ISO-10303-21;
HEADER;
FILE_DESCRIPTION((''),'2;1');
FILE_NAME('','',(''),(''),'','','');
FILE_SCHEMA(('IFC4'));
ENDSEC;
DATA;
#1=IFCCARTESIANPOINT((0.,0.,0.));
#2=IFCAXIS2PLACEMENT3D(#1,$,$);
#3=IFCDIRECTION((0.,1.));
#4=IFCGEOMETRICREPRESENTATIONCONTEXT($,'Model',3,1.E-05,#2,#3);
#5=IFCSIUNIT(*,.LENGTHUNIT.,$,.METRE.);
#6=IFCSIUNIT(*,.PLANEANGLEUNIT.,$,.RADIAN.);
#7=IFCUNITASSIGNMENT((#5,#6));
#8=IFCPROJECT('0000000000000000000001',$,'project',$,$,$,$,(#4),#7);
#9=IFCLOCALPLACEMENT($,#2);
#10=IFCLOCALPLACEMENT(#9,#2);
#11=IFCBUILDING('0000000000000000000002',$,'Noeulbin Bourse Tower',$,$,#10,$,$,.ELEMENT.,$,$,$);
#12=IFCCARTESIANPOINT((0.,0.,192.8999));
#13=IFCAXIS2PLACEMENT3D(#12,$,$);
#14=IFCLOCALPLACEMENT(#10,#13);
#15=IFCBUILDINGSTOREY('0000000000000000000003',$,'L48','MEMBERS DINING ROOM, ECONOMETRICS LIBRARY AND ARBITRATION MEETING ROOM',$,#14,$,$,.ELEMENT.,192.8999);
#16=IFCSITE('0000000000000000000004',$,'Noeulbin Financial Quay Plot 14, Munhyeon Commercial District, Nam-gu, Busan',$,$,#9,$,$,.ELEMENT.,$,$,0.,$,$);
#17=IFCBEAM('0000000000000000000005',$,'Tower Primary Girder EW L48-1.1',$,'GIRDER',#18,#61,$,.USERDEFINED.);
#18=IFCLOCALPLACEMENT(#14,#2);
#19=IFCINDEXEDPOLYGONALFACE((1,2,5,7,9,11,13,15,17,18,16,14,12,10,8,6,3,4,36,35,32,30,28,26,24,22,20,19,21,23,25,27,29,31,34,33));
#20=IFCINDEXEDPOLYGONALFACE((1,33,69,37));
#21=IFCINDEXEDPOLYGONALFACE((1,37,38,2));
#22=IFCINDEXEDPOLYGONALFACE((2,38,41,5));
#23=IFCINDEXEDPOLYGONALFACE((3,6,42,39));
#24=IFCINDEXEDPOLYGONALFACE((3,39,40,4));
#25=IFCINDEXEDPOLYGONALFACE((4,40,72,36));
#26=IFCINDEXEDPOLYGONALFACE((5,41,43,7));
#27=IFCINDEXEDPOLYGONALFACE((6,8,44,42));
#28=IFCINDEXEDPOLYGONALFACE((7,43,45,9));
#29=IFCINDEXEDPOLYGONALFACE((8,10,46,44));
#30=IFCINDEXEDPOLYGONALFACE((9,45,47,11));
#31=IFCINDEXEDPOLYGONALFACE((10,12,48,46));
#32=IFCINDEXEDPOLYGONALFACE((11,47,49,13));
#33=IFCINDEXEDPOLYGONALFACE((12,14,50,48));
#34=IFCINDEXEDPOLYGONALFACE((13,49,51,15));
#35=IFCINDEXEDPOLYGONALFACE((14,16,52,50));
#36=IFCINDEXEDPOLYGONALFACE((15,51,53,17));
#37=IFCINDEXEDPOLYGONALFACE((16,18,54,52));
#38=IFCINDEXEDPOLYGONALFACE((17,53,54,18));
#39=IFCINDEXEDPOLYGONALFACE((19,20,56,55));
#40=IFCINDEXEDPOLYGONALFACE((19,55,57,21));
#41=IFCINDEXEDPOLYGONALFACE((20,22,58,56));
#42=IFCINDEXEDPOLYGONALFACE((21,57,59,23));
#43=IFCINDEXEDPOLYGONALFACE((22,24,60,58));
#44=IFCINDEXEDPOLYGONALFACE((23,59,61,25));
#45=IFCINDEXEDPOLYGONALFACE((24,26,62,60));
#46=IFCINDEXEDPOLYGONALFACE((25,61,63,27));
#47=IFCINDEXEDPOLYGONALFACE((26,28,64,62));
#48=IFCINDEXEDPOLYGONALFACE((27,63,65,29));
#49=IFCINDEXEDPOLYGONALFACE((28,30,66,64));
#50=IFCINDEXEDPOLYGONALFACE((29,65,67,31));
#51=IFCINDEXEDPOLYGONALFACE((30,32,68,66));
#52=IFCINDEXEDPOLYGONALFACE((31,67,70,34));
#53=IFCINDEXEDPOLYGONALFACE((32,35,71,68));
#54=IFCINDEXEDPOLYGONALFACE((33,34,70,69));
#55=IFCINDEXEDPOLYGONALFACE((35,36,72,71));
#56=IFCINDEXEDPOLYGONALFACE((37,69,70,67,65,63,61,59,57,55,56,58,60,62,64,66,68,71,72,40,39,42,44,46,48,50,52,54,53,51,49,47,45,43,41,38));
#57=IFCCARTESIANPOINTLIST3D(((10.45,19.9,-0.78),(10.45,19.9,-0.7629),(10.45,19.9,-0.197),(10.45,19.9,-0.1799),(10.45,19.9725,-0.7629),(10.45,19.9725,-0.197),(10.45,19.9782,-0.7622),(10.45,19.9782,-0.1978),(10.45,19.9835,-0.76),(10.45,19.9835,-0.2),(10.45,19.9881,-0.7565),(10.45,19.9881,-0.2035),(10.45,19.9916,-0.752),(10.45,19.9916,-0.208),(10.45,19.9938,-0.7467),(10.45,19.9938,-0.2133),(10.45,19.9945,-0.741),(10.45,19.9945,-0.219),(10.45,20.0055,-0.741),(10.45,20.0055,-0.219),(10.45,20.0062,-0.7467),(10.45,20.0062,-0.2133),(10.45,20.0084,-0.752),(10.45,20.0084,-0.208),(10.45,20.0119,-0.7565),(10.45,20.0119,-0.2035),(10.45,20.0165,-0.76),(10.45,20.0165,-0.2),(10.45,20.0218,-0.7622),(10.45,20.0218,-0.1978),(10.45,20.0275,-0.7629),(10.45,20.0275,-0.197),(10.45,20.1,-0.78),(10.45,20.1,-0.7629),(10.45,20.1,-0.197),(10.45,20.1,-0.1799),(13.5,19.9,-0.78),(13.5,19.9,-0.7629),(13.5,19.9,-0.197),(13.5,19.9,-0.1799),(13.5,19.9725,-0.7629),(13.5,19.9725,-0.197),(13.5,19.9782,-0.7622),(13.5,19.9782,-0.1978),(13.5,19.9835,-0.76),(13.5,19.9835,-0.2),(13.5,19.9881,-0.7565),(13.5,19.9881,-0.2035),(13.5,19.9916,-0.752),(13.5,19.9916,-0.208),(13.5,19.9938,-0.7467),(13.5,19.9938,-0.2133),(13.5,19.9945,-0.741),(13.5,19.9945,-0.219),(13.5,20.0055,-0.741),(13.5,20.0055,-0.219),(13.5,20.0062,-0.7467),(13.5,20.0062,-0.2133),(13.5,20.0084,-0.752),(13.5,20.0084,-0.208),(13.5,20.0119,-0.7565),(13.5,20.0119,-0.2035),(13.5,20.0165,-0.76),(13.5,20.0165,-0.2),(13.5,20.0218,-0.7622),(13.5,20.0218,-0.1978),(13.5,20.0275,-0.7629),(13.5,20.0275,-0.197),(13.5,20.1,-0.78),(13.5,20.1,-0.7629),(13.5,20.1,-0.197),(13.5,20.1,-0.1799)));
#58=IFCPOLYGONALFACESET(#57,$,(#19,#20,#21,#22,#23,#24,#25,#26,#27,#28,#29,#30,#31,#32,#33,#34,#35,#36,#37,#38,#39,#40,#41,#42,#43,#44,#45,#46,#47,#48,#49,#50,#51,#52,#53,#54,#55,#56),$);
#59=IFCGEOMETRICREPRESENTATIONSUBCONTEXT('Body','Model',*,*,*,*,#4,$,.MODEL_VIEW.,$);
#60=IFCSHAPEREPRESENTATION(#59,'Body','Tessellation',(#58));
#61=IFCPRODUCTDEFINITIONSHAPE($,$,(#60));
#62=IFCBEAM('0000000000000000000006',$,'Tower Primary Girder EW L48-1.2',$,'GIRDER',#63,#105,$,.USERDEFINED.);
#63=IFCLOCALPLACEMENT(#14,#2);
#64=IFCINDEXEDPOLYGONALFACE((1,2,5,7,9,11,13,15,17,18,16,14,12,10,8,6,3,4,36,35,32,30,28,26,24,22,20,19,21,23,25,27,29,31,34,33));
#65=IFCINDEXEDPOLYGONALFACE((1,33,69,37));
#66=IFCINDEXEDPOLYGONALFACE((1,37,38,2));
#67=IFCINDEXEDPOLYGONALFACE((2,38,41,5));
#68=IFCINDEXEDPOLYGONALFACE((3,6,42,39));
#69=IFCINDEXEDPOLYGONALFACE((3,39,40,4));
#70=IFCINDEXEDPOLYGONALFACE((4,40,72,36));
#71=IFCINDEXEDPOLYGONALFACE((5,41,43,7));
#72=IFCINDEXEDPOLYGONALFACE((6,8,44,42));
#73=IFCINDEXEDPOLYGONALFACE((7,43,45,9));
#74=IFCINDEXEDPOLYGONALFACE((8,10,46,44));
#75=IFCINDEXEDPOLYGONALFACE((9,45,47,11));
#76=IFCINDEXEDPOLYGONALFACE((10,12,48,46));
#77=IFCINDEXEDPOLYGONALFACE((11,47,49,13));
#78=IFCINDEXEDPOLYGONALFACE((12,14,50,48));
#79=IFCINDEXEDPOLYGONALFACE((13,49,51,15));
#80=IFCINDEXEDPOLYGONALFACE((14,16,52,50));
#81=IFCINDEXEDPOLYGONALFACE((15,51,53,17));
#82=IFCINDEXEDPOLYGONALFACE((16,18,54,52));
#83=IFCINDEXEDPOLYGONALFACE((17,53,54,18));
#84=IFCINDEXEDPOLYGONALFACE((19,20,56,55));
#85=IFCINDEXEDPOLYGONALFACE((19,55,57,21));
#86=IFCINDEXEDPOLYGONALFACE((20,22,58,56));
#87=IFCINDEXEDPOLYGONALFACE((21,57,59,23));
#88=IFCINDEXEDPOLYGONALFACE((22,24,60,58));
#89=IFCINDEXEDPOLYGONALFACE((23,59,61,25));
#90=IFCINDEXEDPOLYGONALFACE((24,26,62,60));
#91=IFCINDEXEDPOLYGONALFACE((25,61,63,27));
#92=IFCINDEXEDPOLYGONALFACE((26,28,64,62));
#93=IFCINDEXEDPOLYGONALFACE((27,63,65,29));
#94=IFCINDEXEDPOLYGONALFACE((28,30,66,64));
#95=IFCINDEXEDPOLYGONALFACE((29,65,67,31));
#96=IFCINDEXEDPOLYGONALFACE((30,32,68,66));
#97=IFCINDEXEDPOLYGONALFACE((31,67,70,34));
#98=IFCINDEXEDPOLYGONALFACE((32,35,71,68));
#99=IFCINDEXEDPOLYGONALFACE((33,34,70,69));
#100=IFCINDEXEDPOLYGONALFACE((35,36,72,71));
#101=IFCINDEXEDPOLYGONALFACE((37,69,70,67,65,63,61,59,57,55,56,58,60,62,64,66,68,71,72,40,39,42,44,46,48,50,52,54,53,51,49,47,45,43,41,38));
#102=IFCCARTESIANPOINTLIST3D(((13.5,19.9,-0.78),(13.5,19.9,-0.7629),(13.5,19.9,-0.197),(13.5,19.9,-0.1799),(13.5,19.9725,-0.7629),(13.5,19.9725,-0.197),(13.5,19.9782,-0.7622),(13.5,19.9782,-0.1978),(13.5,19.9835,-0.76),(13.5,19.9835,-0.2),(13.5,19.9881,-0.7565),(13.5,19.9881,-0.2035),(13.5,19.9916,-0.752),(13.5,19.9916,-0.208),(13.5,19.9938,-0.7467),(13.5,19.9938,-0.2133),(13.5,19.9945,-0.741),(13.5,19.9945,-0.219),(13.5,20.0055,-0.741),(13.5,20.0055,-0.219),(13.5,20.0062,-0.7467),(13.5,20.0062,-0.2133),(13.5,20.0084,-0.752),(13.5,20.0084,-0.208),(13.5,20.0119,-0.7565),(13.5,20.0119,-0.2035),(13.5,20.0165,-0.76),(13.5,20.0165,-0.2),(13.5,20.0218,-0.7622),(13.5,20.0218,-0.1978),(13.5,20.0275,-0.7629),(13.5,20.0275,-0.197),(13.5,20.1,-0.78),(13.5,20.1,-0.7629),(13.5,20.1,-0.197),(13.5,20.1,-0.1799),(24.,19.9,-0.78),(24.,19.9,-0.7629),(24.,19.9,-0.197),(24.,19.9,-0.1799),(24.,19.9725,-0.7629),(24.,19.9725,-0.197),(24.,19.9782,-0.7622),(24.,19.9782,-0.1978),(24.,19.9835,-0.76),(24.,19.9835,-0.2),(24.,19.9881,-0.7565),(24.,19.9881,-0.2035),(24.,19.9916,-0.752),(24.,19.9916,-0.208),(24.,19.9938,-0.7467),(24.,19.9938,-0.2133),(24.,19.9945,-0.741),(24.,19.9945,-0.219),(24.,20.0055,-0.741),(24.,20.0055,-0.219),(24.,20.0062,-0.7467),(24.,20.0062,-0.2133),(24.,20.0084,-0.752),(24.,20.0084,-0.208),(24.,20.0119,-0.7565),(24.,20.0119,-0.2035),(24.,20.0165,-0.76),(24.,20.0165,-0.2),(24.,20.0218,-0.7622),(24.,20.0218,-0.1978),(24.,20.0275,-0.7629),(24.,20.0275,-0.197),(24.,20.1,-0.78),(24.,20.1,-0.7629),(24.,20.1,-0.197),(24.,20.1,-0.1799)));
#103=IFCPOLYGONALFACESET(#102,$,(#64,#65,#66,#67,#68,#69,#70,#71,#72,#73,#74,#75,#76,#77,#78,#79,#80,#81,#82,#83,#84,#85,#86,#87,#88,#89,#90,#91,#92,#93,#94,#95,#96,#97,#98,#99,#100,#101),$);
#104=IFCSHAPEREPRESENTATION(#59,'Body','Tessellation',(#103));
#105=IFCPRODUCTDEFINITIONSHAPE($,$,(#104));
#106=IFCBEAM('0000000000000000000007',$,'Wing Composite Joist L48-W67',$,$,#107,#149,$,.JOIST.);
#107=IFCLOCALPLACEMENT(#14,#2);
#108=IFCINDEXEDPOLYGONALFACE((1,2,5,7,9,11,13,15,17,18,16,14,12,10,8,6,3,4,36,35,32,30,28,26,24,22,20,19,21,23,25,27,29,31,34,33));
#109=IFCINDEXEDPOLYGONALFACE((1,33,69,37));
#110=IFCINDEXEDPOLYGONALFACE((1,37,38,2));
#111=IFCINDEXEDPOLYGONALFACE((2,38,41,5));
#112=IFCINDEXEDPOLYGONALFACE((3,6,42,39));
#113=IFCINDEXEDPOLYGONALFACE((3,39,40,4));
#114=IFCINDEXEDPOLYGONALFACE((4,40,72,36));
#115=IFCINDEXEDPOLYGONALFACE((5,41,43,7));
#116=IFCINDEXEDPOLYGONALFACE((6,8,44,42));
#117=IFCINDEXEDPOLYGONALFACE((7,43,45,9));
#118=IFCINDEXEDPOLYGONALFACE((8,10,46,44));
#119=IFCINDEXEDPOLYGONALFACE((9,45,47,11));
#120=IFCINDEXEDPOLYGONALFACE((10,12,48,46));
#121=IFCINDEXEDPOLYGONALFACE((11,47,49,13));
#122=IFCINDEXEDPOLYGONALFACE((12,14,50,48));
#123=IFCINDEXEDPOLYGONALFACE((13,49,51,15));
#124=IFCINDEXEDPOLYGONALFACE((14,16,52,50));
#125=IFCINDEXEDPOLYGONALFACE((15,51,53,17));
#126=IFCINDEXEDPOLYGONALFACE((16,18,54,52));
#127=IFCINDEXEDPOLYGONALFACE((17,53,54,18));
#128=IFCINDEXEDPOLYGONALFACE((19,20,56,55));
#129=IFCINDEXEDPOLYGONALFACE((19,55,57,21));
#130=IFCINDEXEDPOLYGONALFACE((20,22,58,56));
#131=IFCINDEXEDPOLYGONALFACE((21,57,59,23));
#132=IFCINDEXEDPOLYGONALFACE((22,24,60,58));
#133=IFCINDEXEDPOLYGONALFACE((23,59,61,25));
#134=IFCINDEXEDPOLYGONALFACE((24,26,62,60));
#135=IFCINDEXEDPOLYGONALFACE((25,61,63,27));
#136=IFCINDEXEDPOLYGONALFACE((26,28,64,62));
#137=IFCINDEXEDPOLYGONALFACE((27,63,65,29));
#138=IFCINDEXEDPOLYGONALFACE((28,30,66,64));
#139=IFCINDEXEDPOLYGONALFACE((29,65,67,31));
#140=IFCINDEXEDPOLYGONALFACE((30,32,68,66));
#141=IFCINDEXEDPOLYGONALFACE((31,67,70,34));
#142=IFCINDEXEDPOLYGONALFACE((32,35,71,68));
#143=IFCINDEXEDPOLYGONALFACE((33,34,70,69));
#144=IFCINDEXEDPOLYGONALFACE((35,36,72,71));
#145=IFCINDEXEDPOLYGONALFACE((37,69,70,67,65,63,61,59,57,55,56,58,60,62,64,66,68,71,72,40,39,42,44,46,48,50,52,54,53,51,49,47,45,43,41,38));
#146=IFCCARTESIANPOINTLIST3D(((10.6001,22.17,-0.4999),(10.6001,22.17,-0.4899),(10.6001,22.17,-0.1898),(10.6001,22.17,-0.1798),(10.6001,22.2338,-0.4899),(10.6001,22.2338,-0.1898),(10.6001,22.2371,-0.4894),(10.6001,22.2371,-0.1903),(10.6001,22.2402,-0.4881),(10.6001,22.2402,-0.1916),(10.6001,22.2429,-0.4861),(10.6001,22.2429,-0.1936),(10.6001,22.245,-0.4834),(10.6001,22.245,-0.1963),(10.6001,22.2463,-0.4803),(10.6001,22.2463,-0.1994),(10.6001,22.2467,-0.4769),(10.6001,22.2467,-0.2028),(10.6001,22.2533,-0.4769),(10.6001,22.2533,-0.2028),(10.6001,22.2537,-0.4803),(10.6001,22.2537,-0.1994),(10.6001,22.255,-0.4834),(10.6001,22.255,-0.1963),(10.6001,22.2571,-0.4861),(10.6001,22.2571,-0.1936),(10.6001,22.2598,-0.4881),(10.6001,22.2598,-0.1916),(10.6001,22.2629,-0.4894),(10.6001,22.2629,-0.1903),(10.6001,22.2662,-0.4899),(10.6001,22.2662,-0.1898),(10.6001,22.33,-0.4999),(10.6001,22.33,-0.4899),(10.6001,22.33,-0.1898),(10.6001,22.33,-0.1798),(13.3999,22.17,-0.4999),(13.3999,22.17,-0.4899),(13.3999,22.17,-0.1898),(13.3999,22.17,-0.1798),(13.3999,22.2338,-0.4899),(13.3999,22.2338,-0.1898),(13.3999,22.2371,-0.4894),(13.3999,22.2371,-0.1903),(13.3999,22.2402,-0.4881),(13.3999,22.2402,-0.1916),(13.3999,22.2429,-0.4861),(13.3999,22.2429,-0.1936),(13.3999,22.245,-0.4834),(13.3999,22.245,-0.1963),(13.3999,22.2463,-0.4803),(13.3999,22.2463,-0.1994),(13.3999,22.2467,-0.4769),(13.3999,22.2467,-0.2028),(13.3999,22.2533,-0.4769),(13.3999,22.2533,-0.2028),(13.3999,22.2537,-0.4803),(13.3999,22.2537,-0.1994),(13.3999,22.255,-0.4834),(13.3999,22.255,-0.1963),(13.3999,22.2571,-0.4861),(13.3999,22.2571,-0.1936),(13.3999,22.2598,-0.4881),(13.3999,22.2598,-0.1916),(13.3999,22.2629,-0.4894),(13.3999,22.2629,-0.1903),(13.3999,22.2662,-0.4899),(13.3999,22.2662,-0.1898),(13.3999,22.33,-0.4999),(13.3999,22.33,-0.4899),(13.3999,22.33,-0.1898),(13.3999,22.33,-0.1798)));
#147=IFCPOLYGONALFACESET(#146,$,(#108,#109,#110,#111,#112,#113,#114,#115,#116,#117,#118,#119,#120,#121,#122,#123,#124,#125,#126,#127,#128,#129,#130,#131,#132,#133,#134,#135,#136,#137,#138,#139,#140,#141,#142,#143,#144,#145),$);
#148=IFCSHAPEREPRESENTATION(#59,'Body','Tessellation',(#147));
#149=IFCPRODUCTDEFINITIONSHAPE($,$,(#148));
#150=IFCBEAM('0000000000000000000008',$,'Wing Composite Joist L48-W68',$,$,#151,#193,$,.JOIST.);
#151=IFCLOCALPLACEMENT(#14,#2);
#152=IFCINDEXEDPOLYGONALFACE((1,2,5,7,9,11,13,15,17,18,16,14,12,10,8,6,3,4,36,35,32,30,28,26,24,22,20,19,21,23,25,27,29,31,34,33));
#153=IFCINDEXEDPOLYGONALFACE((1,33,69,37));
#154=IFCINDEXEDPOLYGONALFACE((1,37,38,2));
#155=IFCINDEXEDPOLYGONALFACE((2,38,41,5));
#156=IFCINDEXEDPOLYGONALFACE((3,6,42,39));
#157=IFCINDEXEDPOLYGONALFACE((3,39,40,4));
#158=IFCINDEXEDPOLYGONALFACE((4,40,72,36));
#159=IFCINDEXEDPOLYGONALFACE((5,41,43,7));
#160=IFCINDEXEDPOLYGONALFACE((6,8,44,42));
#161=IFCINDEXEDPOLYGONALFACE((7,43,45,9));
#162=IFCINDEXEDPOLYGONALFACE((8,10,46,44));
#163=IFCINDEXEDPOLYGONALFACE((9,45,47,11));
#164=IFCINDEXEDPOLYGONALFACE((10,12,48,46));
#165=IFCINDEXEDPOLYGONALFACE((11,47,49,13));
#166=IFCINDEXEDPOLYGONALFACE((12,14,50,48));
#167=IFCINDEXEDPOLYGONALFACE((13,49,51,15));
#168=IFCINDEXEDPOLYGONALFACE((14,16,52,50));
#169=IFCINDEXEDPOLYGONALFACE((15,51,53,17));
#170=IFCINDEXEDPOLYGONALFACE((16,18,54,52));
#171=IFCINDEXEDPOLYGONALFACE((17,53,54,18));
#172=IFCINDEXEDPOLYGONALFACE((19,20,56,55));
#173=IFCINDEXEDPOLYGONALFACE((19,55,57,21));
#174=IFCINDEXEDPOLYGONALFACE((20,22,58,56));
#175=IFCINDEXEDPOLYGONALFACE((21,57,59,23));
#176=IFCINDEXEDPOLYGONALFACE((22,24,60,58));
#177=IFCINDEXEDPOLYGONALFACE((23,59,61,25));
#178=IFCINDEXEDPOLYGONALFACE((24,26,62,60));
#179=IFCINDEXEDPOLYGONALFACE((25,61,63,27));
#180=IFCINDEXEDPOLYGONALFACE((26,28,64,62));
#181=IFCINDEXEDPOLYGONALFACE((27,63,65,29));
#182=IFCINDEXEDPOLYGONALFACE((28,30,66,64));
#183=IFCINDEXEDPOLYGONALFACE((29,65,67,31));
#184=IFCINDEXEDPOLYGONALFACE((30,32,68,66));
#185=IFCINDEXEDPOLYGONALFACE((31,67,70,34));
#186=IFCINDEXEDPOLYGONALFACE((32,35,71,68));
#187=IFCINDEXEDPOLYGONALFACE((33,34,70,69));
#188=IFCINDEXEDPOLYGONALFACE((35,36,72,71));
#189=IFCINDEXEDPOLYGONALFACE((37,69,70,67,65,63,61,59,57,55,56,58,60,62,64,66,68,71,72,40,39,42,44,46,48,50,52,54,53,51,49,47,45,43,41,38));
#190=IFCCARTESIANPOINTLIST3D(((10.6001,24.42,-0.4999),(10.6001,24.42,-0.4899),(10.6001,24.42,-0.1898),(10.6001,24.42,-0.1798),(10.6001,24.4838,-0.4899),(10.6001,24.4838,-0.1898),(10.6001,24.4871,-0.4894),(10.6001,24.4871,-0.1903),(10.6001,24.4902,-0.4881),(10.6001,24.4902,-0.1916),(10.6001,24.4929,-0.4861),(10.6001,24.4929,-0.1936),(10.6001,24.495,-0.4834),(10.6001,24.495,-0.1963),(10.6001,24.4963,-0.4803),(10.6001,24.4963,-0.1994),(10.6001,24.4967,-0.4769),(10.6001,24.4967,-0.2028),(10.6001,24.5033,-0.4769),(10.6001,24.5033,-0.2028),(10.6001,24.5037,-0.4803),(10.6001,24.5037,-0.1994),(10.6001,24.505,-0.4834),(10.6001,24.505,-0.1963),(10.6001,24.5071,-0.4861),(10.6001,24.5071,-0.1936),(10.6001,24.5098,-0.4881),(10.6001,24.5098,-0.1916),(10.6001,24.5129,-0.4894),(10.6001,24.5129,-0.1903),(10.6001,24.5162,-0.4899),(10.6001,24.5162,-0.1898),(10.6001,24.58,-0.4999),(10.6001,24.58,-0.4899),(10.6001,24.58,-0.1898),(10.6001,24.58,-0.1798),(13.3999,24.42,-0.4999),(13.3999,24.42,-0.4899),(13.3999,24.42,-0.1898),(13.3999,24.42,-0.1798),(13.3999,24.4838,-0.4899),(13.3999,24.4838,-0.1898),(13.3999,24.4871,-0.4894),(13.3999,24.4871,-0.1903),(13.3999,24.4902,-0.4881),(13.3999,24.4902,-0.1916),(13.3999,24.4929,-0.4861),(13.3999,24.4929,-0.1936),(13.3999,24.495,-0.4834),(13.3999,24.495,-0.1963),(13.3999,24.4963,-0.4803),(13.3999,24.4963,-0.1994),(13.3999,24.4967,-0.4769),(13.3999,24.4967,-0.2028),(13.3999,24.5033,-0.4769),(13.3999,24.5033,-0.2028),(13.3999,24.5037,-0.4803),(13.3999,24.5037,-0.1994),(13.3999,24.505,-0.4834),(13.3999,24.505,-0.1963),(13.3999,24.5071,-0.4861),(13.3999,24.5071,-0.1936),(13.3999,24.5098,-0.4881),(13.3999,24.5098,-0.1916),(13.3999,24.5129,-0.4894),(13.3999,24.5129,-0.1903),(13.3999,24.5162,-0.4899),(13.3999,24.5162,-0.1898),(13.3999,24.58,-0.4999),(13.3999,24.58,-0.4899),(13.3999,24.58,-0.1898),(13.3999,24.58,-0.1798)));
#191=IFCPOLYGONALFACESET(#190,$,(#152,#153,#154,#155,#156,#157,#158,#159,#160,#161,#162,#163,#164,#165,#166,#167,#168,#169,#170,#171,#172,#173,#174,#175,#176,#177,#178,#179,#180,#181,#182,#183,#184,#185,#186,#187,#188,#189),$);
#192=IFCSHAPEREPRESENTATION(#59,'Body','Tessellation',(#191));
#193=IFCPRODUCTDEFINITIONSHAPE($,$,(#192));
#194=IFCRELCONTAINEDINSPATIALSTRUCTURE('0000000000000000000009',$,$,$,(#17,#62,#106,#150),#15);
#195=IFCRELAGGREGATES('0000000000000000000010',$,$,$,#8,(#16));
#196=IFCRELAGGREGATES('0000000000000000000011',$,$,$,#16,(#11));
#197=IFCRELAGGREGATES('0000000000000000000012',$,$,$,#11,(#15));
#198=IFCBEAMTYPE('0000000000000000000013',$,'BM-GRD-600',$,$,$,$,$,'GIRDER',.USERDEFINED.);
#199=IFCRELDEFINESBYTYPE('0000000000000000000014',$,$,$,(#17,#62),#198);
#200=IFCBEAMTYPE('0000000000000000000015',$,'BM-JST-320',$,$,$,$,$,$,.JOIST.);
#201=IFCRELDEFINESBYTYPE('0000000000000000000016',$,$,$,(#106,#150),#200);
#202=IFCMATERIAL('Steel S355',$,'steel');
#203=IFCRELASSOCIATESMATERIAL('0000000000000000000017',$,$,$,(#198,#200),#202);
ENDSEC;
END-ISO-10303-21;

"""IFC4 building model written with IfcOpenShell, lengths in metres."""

from ifc_helpers import new_model, si_unit, direction, frame, origin, origin_2d, place, context, subcontext, project, spatial, i_section, extrude, material, material_profile, profile_set, type_object, element, save


model = new_model("IFC4")

# Units and contexts
model_context = context("Model", 3, precision=1e-05, world=origin(), true_north=direction((0.0, 1.0)))
body_context = subcontext(model_context, "Body", "Model", "MODEL_VIEW")
ifc_project = project(units=[si_unit("LENGTHUNIT", "METRE"), si_unit("PLANEANGLEUNIT", "RADIAN")], contexts=[model_context])

# Site, building, storey
site_placement = place(None, origin())
site = spatial("IfcSite", under=ifc_project, at=site_placement, Name="Noeulbin Financial Quay Plot 14, Munhyeon Commercial District, Nam-gu, Busan", CompositionType="ELEMENT", RefElevation=0.0)
building_placement = place(site_placement, origin())
building = spatial("IfcBuilding", under=site, at=building_placement, Name="Noeulbin Bourse Tower", CompositionType="ELEMENT")
storey_placement = place(building_placement, frame((0.0, 0.0, 192.8999)))
storey = spatial("IfcBuildingStorey", under=building, at=storey_placement, Name="L48", Description="MEMBERS DINING ROOM, ECONOMETRICS LIBRARY AND ARBITRATION MEETING ROOM", CompositionType="ELEMENT", Elevation=192.8999)

# Shared definitions
ifc_material_1 = material(Name="Steel S355", Category="steel")

# Beams
ifc_material_profile_1 = material_profile(ifc_material_1, i_section(OverallWidth=0.2, OverallDepth=0.6001, WebThickness=0.011, FlangeThickness=0.0171, FilletRadius=0.022, at=origin_2d()), Name="H-600x200x11x17", Category="LoadBearing")
ifc_profile_set_1 = profile_set([ifc_material_profile_1], Name="Steel S355")
beam_type_1 = type_object("IfcBeamType", Name="BM-GRD-600", ElementType="GIRDER", PredefinedType="USERDEFINED", material=ifc_profile_set_1)
beam_1_placement = place(storey_placement, frame((10.45, 20.0, -0.48), z_axis=(1.0, 0.0, 0.0), x_axis=(0.0, 1.0, 0.0)))
element("IfcBeam", 1, at=beam_1_placement, inside=storey, type_object=beam_type_1, Name="Tower Primary Girder EW L48-1.1", ObjectType="GIRDER", PredefinedType="USERDEFINED", context=body_context, shape_type="SweptSolid", body=[
    extrude(i_section(OverallWidth=0.2, OverallDepth=0.6001, WebThickness=0.011, FlangeThickness=0.0171, FilletRadius=0.022, at=origin_2d()), origin(), (0.0, 0.0, 1.0), 3.05),
])
beam_2_placement = place(storey_placement, frame((13.5, 20.0, -0.48), z_axis=(1.0, 0.0, 0.0), x_axis=(0.0, 1.0, 0.0)))
element("IfcBeam", 2, at=beam_2_placement, inside=storey, type_object=beam_type_1, Name="Tower Primary Girder EW L48-1.2", ObjectType="GIRDER", PredefinedType="USERDEFINED", context=body_context, shape_type="SweptSolid", body=[
    extrude(i_section(OverallWidth=0.2, OverallDepth=0.6001, WebThickness=0.011, FlangeThickness=0.0171, FilletRadius=0.022, at=origin_2d()), origin(), (0.0, 0.0, 1.0), 10.5),
])
ifc_material_profile_2 = material_profile(ifc_material_1, i_section(OverallWidth=0.1599, OverallDepth=0.3201, WebThickness=0.0066, FlangeThickness=0.01, FilletRadius=0.0129, at=origin_2d()), Name="H-320x160x6.5x10", Category="LoadBearing")
ifc_profile_set_2 = profile_set([ifc_material_profile_2], Name="Steel S355")
beam_type_2 = type_object("IfcBeamType", Name="BM-JST-320", PredefinedType="JOIST", material=ifc_profile_set_2)
for number, where, z_axis, x_axis, name in (
    (3, (10.6001, 22.25, -0.3398), (1.0, 0.0, 0.0), (0.0, 1.0, 0.0), "Wing Composite Joist L48-W67"),
    (4, (10.6001, 24.5, -0.3398), (1.0, 0.0, 0.0), (0.0, 1.0, 0.0), "Wing Composite Joist L48-W68"),
):
    element("IfcBeam", number, at=place(storey_placement, frame(where, z_axis=z_axis, x_axis=x_axis)), inside=storey, type_object=beam_type_2, Name=name, PredefinedType="JOIST", context=body_context, shape_type="SweptSolid", body=[
        extrude(i_section(OverallWidth=0.1599, OverallDepth=0.3201, WebThickness=0.0066, FlangeThickness=0.01, FilletRadius=0.0129, at=origin_2d()), origin(), (0.0, 0.0, 1.0), 2.7998),
    ])

save(model, "model.ifc")
